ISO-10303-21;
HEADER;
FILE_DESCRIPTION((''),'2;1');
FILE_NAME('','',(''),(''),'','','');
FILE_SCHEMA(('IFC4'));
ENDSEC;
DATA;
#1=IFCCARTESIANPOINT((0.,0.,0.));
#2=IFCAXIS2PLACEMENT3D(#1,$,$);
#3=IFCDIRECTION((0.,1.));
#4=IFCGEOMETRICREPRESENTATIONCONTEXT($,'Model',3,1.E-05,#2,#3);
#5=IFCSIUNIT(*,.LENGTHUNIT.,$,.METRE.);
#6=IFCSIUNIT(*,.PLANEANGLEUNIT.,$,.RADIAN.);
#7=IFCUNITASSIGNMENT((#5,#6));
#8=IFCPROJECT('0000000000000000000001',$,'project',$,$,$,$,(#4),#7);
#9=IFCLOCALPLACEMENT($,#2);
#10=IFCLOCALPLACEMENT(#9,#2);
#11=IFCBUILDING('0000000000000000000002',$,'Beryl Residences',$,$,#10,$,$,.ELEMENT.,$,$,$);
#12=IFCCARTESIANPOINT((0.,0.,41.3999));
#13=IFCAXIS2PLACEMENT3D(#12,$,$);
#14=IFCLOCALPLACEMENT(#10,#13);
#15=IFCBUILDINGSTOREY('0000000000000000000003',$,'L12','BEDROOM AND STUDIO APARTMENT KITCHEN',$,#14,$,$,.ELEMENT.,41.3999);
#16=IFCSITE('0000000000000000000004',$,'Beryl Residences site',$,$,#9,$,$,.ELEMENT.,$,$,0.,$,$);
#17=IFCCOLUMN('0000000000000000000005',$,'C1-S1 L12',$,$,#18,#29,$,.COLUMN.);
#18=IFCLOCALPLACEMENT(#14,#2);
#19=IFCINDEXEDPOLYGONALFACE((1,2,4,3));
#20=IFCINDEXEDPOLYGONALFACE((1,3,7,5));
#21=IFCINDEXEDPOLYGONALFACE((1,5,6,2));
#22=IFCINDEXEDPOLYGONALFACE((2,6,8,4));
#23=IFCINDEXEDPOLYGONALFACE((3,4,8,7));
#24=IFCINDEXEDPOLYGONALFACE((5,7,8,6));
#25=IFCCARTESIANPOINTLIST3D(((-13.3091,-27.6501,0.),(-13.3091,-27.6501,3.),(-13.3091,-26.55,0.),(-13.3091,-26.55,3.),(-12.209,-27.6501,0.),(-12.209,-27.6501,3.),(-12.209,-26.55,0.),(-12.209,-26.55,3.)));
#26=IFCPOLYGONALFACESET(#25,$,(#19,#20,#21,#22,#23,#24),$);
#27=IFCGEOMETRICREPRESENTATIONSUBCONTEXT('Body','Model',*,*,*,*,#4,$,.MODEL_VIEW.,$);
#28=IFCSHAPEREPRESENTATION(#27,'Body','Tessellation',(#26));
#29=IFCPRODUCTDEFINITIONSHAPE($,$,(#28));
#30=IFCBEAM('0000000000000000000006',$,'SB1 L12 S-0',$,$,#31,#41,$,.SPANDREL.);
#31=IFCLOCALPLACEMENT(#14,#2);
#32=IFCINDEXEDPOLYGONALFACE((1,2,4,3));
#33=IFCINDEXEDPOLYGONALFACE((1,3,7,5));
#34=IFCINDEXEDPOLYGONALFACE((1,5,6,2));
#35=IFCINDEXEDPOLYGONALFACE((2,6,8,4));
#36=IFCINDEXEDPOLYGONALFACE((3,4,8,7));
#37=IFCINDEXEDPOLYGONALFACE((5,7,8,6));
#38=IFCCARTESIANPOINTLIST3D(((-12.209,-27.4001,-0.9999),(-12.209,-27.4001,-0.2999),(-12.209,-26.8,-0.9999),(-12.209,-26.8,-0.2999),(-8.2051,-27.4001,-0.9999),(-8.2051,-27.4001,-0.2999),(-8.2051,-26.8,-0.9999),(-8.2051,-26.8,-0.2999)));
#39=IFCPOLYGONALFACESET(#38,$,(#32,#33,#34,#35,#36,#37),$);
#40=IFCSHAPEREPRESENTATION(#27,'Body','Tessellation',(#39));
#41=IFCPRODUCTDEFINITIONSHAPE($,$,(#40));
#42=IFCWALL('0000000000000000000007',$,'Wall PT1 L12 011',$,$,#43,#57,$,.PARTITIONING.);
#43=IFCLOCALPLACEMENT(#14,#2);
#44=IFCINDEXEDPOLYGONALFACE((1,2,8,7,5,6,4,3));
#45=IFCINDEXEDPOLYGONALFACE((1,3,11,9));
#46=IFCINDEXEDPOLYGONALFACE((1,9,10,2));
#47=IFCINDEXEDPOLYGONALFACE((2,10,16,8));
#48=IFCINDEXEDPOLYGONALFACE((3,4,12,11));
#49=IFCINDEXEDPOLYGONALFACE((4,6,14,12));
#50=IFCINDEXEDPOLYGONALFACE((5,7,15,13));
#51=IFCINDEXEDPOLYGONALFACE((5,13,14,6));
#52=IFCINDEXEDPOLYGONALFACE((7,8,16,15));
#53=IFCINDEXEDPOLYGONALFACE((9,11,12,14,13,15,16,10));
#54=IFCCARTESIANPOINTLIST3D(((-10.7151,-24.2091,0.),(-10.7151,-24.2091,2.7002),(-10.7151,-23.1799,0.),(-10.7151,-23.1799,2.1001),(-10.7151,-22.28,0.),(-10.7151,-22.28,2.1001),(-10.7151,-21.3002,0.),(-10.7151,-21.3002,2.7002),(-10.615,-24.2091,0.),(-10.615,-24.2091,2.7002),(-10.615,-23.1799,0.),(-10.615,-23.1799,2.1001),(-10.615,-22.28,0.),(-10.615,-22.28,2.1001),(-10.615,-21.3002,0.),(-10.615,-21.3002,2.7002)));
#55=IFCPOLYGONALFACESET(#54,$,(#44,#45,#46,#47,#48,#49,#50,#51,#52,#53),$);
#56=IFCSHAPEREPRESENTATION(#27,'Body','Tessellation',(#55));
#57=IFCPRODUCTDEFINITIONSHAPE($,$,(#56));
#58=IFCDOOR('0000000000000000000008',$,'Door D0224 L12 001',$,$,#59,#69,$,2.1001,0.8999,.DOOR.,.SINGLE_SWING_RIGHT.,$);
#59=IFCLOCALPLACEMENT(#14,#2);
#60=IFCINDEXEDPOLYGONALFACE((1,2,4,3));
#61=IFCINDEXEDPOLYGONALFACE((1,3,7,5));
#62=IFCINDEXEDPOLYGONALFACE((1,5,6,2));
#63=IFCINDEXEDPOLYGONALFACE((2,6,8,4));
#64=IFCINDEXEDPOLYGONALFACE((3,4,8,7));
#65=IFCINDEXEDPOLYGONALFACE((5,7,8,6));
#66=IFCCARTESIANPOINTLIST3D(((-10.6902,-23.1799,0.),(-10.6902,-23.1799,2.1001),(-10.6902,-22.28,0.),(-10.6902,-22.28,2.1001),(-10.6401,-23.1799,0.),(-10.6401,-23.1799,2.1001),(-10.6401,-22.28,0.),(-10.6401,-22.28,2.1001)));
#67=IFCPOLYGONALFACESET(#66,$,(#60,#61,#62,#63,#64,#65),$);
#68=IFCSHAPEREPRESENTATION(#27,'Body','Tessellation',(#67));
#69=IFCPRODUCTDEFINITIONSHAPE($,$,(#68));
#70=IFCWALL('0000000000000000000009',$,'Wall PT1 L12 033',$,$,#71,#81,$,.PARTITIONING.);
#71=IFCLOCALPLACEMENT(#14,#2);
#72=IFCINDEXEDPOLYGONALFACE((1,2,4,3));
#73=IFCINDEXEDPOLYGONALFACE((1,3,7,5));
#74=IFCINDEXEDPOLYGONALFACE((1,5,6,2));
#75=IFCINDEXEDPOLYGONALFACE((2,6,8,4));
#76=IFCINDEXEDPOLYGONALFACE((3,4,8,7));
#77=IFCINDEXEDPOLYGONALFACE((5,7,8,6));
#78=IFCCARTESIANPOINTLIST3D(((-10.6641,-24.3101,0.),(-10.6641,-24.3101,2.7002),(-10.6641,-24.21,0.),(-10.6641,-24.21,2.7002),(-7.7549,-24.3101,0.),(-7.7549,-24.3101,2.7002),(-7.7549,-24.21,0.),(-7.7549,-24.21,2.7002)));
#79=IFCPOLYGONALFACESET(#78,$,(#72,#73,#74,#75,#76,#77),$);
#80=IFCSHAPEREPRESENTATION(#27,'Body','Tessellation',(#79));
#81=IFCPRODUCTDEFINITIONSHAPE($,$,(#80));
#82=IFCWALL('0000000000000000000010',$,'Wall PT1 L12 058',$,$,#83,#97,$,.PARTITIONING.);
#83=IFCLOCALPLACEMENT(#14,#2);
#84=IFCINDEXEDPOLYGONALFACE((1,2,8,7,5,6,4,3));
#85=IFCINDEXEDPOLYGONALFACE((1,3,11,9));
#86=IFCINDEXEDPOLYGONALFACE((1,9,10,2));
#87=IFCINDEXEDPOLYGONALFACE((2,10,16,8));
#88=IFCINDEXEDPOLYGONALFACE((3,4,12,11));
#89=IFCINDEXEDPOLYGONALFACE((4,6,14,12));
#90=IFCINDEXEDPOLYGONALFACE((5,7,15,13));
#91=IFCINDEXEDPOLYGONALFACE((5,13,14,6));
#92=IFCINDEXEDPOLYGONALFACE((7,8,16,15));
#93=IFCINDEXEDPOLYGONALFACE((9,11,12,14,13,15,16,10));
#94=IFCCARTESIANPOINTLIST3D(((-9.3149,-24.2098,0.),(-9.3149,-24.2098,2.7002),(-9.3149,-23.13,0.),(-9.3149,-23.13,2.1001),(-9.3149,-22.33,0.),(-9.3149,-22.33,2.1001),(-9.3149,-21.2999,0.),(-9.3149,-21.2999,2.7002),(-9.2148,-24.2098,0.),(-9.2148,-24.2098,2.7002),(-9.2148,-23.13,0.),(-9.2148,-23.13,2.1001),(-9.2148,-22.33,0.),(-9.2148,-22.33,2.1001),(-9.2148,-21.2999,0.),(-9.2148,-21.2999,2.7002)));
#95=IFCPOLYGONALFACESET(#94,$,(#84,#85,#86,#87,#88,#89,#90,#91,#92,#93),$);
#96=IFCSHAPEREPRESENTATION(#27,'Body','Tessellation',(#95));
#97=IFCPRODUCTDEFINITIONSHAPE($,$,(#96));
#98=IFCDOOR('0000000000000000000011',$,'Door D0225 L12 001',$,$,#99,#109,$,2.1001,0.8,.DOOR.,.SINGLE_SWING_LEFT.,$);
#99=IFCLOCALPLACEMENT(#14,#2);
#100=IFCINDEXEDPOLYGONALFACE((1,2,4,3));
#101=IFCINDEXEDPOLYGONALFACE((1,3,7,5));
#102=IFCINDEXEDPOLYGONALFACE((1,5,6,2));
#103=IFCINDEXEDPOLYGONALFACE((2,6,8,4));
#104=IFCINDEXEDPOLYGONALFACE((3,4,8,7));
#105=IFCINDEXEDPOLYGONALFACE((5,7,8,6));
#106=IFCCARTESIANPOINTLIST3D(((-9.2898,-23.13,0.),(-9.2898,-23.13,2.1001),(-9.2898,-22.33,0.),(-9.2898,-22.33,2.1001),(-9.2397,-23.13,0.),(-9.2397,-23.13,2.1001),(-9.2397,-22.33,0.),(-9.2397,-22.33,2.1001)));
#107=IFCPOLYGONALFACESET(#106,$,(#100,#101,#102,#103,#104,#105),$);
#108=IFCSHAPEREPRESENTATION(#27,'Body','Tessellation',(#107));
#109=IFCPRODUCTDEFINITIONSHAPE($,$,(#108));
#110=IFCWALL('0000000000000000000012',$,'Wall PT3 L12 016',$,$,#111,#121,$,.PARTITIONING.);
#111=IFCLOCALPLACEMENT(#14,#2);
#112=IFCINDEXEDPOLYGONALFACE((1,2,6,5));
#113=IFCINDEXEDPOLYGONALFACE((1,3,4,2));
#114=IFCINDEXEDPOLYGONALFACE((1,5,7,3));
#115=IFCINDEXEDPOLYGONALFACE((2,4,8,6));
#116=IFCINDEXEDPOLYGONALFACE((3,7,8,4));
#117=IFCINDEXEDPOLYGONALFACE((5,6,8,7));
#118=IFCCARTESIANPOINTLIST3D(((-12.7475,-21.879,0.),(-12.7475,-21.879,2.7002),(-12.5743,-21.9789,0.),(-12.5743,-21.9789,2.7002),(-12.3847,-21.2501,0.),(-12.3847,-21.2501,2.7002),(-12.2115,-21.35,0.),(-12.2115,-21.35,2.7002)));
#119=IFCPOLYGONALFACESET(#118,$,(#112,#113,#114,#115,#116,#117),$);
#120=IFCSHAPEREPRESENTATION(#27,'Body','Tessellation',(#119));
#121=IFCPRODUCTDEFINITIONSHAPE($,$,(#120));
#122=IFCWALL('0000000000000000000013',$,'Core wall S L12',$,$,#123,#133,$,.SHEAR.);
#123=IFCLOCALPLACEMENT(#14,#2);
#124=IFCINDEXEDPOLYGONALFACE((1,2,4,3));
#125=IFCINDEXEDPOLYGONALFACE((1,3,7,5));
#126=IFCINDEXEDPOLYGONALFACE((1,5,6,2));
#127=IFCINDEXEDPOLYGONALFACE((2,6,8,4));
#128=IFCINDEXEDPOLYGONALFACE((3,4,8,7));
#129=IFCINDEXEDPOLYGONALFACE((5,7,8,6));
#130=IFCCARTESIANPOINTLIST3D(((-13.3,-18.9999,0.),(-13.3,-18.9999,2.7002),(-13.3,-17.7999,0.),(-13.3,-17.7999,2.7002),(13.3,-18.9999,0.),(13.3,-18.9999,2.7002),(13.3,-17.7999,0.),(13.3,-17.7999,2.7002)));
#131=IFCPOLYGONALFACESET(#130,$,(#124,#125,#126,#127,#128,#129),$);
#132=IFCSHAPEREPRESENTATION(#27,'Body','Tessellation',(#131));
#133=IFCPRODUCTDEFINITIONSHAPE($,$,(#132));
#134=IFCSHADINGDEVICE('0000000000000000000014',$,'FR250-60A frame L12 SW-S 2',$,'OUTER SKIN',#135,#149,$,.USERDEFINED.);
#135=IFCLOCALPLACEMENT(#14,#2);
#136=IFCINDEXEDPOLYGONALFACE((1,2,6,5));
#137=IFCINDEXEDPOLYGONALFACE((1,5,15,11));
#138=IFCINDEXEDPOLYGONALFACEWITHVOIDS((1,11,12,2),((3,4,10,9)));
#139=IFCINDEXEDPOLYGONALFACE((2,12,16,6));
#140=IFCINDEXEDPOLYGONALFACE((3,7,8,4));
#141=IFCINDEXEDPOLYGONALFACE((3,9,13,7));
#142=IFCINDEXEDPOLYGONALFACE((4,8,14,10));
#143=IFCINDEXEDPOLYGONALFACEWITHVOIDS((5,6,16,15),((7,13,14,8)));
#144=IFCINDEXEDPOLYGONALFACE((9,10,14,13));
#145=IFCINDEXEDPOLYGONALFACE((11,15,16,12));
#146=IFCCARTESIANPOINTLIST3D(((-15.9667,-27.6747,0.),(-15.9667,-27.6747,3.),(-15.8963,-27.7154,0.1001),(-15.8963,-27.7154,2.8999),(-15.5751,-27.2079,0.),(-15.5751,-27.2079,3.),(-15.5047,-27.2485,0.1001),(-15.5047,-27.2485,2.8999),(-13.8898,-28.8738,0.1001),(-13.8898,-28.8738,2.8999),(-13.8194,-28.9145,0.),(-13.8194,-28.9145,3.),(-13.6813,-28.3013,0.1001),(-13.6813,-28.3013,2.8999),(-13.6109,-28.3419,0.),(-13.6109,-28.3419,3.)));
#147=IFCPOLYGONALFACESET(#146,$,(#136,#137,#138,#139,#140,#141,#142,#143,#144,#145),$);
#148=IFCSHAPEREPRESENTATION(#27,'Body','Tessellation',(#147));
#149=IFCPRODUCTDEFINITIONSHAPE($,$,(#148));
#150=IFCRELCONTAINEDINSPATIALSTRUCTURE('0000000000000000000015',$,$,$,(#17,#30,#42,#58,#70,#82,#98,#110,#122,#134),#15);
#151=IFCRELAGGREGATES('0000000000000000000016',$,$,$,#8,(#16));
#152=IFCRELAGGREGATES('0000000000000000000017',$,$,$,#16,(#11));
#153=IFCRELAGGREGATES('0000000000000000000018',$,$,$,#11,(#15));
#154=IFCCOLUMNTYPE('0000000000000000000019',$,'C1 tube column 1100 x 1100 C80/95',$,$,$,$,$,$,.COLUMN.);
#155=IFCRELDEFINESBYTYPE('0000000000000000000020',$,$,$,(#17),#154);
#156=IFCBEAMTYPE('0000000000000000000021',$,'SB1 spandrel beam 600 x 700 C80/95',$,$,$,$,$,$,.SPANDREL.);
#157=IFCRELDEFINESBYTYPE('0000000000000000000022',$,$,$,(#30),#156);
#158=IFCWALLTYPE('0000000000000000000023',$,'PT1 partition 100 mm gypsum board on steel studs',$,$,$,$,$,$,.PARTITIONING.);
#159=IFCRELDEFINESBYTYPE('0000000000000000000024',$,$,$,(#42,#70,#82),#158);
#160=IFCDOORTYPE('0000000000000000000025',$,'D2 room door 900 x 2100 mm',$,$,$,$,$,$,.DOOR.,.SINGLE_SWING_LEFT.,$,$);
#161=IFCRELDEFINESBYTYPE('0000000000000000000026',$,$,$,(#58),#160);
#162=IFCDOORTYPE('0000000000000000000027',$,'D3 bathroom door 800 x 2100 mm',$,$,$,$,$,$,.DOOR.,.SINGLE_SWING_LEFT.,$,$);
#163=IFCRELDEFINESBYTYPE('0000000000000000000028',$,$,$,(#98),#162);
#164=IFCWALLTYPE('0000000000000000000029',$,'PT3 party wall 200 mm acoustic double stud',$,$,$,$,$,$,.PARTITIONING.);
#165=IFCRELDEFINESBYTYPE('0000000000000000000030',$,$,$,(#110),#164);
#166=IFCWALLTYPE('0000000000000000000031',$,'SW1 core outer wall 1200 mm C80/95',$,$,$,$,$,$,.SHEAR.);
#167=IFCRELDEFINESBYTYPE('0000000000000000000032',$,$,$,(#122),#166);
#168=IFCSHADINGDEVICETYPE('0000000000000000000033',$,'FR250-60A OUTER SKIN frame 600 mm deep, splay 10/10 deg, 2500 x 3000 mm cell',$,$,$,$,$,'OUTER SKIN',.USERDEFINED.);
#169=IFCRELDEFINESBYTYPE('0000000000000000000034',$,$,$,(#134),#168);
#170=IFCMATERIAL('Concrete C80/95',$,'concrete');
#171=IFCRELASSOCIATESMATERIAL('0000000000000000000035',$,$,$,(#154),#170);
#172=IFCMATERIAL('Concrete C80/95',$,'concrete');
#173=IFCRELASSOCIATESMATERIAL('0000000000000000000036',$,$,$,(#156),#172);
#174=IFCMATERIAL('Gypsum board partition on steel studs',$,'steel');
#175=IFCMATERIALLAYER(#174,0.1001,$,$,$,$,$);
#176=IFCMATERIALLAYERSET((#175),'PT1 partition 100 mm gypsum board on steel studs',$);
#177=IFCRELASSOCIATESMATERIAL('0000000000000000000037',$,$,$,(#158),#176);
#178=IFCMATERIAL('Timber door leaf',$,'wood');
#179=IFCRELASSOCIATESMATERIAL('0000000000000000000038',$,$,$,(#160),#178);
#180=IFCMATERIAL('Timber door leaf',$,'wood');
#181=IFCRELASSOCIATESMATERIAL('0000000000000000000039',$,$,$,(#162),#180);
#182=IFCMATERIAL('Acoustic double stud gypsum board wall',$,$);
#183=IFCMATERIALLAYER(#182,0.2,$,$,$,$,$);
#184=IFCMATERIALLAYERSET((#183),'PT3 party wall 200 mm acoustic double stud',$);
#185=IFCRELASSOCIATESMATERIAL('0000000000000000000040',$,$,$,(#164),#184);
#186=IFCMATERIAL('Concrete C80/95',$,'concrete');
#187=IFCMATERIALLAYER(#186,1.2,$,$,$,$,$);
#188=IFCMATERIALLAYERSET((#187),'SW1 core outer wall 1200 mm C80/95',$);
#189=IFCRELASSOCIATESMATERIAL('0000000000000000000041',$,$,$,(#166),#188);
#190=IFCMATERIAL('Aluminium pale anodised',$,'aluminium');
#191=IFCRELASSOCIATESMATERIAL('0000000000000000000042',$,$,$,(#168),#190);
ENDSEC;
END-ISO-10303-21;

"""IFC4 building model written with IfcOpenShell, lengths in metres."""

from ifc_helpers import new_model, entity, si_unit, direction, frame, frame_2d, origin, origin_2d, place, context, subcontext, project, spatial, rectangle, extrude, source, transform, mapped, material, layer, layer_set, material_profile, profile_set, type_object, type_shapes, element, fill, save


model = new_model("IFC4")

# Units and contexts
model_context = context("Model", 3, precision=1e-05, world=origin(), true_north=direction((0.0, 1.0)))
body_context = subcontext(model_context, "Body", "Model", "MODEL_VIEW")
ifc_project = project(units=[si_unit("LENGTHUNIT", "METRE"), si_unit("PLANEANGLEUNIT", "RADIAN")], contexts=[model_context])

# Site, building, storey
site_placement = place(None, origin())
site = spatial("IfcSite", under=ifc_project, at=site_placement, Name="Beryl Residences site", CompositionType="ELEMENT", RefElevation=0.0)
building_placement = place(site_placement, origin())
building = spatial("IfcBuilding", under=site, at=building_placement, Name="Beryl Residences", CompositionType="ELEMENT")
storey_placement = place(building_placement, frame((0.0, 0.0, 41.3999)))
storey = spatial("IfcBuildingStorey", under=building, at=storey_placement, Name="L12", Description="BEDROOM AND STUDIO APARTMENT KITCHEN", CompositionType="ELEMENT", Elevation=41.3999)

# Column
ifc_material_1 = material(Name="Concrete C80/95", Category="concrete")
ifc_material_profile_1 = material_profile(ifc_material_1, rectangle(XDim=1.1001, YDim=1.1001, at=origin_2d()))
ifc_profile_set_1 = profile_set([ifc_material_profile_1], Name="Concrete C80/95")
column_type = type_object("IfcColumnType", Name="C1 tube column 1100 x 1100 C80/95", PredefinedType="COLUMN", material=ifc_profile_set_1)
column_placement = place(storey_placement, frame((-12.759, -27.1001, 0.0), z_axis=(0.0, 0.0, 1.0), x_axis=(1.0, 0.0, 0.0)))
element("IfcColumn", 1, at=column_placement, inside=storey, type_object=column_type, Name="C1-S1 L12", PredefinedType="COLUMN", context=body_context, shape_type="SweptSolid", body=[
    extrude(rectangle(XDim=1.1001, YDim=1.1001, at=origin_2d()), origin(), (0.0, 0.0, 1.0), 3.0),
])

# Beam
ifc_material_2 = material(Name="Concrete C80/95", Category="concrete")
ifc_material_profile_2 = material_profile(ifc_material_2, rectangle(XDim=0.6001, YDim=0.7, at=origin_2d()))
ifc_profile_set_2 = profile_set([ifc_material_profile_2], Name="Concrete C80/95")
beam_type = type_object("IfcBeamType", Name="SB1 spandrel beam 600 x 700 C80/95", PredefinedType="SPANDREL", material=ifc_profile_set_2)
beam_placement = place(storey_placement, frame((-12.209, -27.1001, -0.6499), z_axis=(1.0, 0.0, 0.0), x_axis=(0.0, 1.0, 0.0)))
element("IfcBeam", 2, at=beam_placement, inside=storey, type_object=beam_type, Name="SB1 L12 S-0", PredefinedType="SPANDREL", context=body_context, shape_type="SweptSolid", body=[
    extrude(rectangle(XDim=0.6001, YDim=0.7, at=origin_2d()), origin(), (0.0, 0.0, 1.0), 4.0039),
])

# Wall, opening, door
ifc_material_3 = material(Name="Gypsum board partition on steel studs", Category="steel")
ifc_layer_1 = layer(ifc_material_3, 0.1001)
ifc_layer_set_1 = layer_set([ifc_layer_1], Name="PT1 partition 100 mm gypsum board on steel studs")
wall_type_1 = type_object("IfcWallType", Name="PT1 partition 100 mm gypsum board on steel studs", PredefinedType="PARTITIONING", material=ifc_layer_set_1)
wall_1_placement = place(storey_placement, frame((-10.665, -21.3, 0.0), z_axis=(0.0, 0.0, 1.0), x_axis=(0.0, -1.0, 0.0)))
wall_1 = element("IfcWall", 3, at=wall_1_placement, inside=storey, type_object=wall_type_1, Name="Wall PT1 L12 011", PredefinedType="PARTITIONING", context=body_context, shape_type="SweptSolid", body=[
    extrude(rectangle(XDim=2.9089, YDim=0.1001, at=frame_2d((1.4546, 0.0))), origin(), (0.0, 0.0, 1.0), 2.7002),
])
opening_1_placement = place(wall_1_placement, frame((0.98, 0.0, 0.0)))
opening_1 = element("IfcOpeningElement", 4, at=opening_1_placement, cuts=wall_1, PredefinedType="OPENING", context=body_context, shape_type="SweptSolid", body=[
    extrude(rectangle(XDim=0.8999, YDim=2.1001, at=frame_2d((0.45, 1.05))), frame((0.0, 0.0601, 0.0), z_axis=(0.0, -1.0, 0.0), x_axis=(1.0, 0.0, 0.0)), (0.0, 0.0, 1.0), 0.1201),
])
ifc_material_4 = material(Name="Timber door leaf", Category="wood")
door_type_1 = type_object("IfcDoorType", Name="D2 room door 900 x 2100 mm", OperationType="SINGLE_SWING_LEFT", PredefinedType="DOOR", material=ifc_material_4)
door_1_placement = place(opening_1_placement, origin())
door_1 = element("IfcDoor", 5, at=door_1_placement, inside=storey, type_object=door_type_1, Name="Door D0224 L12 001", OperationType="SINGLE_SWING_RIGHT", OverallHeight=2.1001, OverallWidth=0.8999, PredefinedType="DOOR", context=body_context, shape_type="SweptSolid", body=[
    extrude(rectangle(XDim=0.8999, YDim=2.1001, at=frame_2d((0.45, 1.05))), frame((0.0, 0.0249, 0.0), z_axis=(0.0, -1.0, 0.0), x_axis=(1.0, 0.0, 0.0)), (0.0, 0.0, 1.0), 0.05),
])
fill(opening_1, door_1)

# Wall
wall_2_placement = place(storey_placement, frame((-10.6641, -24.26, 0.0), z_axis=(0.0, 0.0, 1.0), x_axis=(1.0, 0.0, 0.0)))
element("IfcWall", 6, at=wall_2_placement, inside=storey, type_object=wall_type_1, Name="Wall PT1 L12 033", PredefinedType="PARTITIONING", context=body_context, shape_type="SweptSolid", body=[
    extrude(rectangle(XDim=2.9092, YDim=0.1001, at=frame_2d((1.4546, 0.0))), origin(), (0.0, 0.0, 1.0), 2.7002),
])

# Wall, opening, door
wall_3_placement = place(storey_placement, frame((-9.2649, -24.21, 0.0), z_axis=(0.0, 0.0, 1.0), x_axis=(0.0, 1.0, 0.0)))
wall_3 = element("IfcWall", 7, at=wall_3_placement, inside=storey, type_object=wall_type_1, Name="Wall PT1 L12 058", PredefinedType="PARTITIONING", context=body_context, shape_type="SweptSolid", body=[
    extrude(rectangle(XDim=2.9099, YDim=0.1001, at=frame_2d((1.4551, 0.0))), origin(), (0.0, 0.0, 1.0), 2.7002),
])
opening_2_placement = place(wall_3_placement, frame((1.0801, 0.0, 0.0)))
opening_2 = element("IfcOpeningElement", 8, at=opening_2_placement, cuts=wall_3, PredefinedType="OPENING", context=body_context, shape_type="SweptSolid", body=[
    extrude(rectangle(XDim=0.8, YDim=2.1001, at=frame_2d((0.3999, 1.05))), frame((0.0, 0.0601, 0.0), z_axis=(0.0, -1.0, 0.0), x_axis=(1.0, 0.0, 0.0)), (0.0, 0.0, 1.0), 0.1201),
])
ifc_material_5 = material(Name="Timber door leaf", Category="wood")
door_type_2 = type_object("IfcDoorType", Name="D3 bathroom door 800 x 2100 mm", OperationType="SINGLE_SWING_LEFT", PredefinedType="DOOR", material=ifc_material_5)
door_2_placement = place(opening_2_placement, origin())
door_2 = element("IfcDoor", 9, at=door_2_placement, inside=storey, type_object=door_type_2, Name="Door D0225 L12 001", OperationType="SINGLE_SWING_LEFT", OverallHeight=2.1001, OverallWidth=0.8, PredefinedType="DOOR", context=body_context, shape_type="SweptSolid", body=[
    extrude(rectangle(XDim=0.8, YDim=2.1001, at=frame_2d((0.3999, 1.05))), frame((0.0, 0.0249, 0.0), z_axis=(0.0, -1.0, 0.0), x_axis=(1.0, 0.0, 0.0)), (0.0, 0.0, 1.0), 0.05),
])
fill(opening_2, door_2)

# Walls
ifc_material_6 = material(Name="Acoustic double stud gypsum board wall")
ifc_layer_2 = layer(ifc_material_6, 0.2)
ifc_layer_set_2 = layer_set([ifc_layer_2], Name="PT3 party wall 200 mm acoustic double stud")
wall_type_2 = type_object("IfcWallType", Name="PT3 party wall 200 mm acoustic double stud", PredefinedType="PARTITIONING", material=ifc_layer_set_2)
wall_4_placement = place(storey_placement, frame((-12.6609, -21.929, 0.0), z_axis=(0.0, 0.0, 1.0), x_axis=(0.499684, 0.866208, 0.0)))
element("IfcWall", 10, at=wall_4_placement, inside=storey, type_object=wall_type_2, Name="Wall PT3 L12 016", PredefinedType="PARTITIONING", context=body_context, shape_type="SweptSolid", body=[
    extrude(rectangle(XDim=0.7261, YDim=0.2, at=frame_2d((0.363, 0.0))), origin(), (0.0, 0.0, 1.0), 2.7002),
])
ifc_material_7 = material(Name="Concrete C80/95", Category="concrete")
ifc_layer_3 = layer(ifc_material_7, 1.2)
ifc_layer_set_3 = layer_set([ifc_layer_3], Name="SW1 core outer wall 1200 mm C80/95")
wall_type_3 = type_object("IfcWallType", Name="SW1 core outer wall 1200 mm C80/95", PredefinedType="SHEAR", material=ifc_layer_set_3)
wall_5_placement = place(storey_placement, frame((-13.3, -18.3999, 0.0), z_axis=(0.0, 0.0, 1.0), x_axis=(1.0, 0.0, 0.0)))
element("IfcWall", 11, at=wall_5_placement, inside=storey, type_object=wall_type_3, Name="Core wall S L12", PredefinedType="SHEAR", context=body_context, shape_type="SweptSolid", body=[
    extrude(rectangle(XDim=26.6001, YDim=1.2, at=frame_2d((13.3, 0.0))), origin(), (0.0, 0.0, 1.0), 2.7002),
])

# Shading device
ifc_material_8 = material(Name="Aluminium pale anodised", Category="aluminium")
shading_device_type_1 = type_object("IfcShadingDeviceType", Name="FR250-60A OUTER SKIN frame 600 mm deep, splay 10/10 deg, 2500 x 3000 mm cell", ElementType="OUTER SKIN", PredefinedType="USERDEFINED", material=ifc_material_8)
cartesian_point_1 = entity("IfcCartesianPoint", [-1.134, 0.0])
cartesian_point_2 = entity("IfcCartesianPoint", [-1.0527, 0.1001])
cartesian_point_3 = entity("IfcCartesianPoint", [-1.2397, 0.0])
cartesian_point_4 = entity("IfcCartesianPoint", [-1.1584, 0.1001])
shared_shape_1 = source(origin(), body_context, "Body", "SweptSolid", [
    entity("IfcExtrudedAreaSolidTapered", entity("IfcArbitraryProfileDefWithVoids", "AREA", None, entity("IfcPolyline", [cartesian_point_1, entity("IfcCartesianPoint", [1.134, 0.0]), entity("IfcCartesianPoint", [1.134, 3.0]), entity("IfcCartesianPoint", [-1.134, 3.0]), cartesian_point_1]), [entity("IfcPolyline", [cartesian_point_2, entity("IfcCartesianPoint", [1.0527, 0.1001]), entity("IfcCartesianPoint", [1.0527, 2.8999]), entity("IfcCartesianPoint", [-1.0527, 2.8999]), cartesian_point_2])]), entity("IfcAxis2Placement3D", entity("IfcCartesianPoint", [0.0, 0.0, 0.0]), entity("IfcDirection", [0.0, 1.0, 0.0]), entity("IfcDirection", [-1.0, 0.0, 0.0])), entity("IfcDirection", [0.0, 0.0, 1.0]), 0.6001, entity("IfcArbitraryProfileDefWithVoids", "AREA", None, entity("IfcPolyline", [cartesian_point_3, entity("IfcCartesianPoint", [1.2397, 0.0]), entity("IfcCartesianPoint", [1.2397, 3.0]), entity("IfcCartesianPoint", [-1.2397, 3.0]), cartesian_point_3]), [entity("IfcPolyline", [cartesian_point_4, entity("IfcCartesianPoint", [1.1584, 0.1001]), entity("IfcCartesianPoint", [1.1584, 2.8999]), entity("IfcCartesianPoint", [-1.1584, 2.8999]), cartesian_point_4])])),
])
type_shapes(shading_device_type_1, [shared_shape_1])
shading_device_placement = place(storey_placement, frame((-14.593, -27.7749, 0.0), z_axis=(0.0, 0.0, 1.0), x_axis=(-0.866025, 0.5, 0.0)))
element("IfcShadingDevice", 12, at=shading_device_placement, inside=storey, type_object=shading_device_type_1, Name="FR250-60A frame L12 SW-S 2", ObjectType="OUTER SKIN", PredefinedType="USERDEFINED", context=body_context, shape_type="MappedRepresentation", body=[
    mapped(shared_shape_1, transform((0.0, 0.0, 0.0))),
])

save(model, "model.ifc")
